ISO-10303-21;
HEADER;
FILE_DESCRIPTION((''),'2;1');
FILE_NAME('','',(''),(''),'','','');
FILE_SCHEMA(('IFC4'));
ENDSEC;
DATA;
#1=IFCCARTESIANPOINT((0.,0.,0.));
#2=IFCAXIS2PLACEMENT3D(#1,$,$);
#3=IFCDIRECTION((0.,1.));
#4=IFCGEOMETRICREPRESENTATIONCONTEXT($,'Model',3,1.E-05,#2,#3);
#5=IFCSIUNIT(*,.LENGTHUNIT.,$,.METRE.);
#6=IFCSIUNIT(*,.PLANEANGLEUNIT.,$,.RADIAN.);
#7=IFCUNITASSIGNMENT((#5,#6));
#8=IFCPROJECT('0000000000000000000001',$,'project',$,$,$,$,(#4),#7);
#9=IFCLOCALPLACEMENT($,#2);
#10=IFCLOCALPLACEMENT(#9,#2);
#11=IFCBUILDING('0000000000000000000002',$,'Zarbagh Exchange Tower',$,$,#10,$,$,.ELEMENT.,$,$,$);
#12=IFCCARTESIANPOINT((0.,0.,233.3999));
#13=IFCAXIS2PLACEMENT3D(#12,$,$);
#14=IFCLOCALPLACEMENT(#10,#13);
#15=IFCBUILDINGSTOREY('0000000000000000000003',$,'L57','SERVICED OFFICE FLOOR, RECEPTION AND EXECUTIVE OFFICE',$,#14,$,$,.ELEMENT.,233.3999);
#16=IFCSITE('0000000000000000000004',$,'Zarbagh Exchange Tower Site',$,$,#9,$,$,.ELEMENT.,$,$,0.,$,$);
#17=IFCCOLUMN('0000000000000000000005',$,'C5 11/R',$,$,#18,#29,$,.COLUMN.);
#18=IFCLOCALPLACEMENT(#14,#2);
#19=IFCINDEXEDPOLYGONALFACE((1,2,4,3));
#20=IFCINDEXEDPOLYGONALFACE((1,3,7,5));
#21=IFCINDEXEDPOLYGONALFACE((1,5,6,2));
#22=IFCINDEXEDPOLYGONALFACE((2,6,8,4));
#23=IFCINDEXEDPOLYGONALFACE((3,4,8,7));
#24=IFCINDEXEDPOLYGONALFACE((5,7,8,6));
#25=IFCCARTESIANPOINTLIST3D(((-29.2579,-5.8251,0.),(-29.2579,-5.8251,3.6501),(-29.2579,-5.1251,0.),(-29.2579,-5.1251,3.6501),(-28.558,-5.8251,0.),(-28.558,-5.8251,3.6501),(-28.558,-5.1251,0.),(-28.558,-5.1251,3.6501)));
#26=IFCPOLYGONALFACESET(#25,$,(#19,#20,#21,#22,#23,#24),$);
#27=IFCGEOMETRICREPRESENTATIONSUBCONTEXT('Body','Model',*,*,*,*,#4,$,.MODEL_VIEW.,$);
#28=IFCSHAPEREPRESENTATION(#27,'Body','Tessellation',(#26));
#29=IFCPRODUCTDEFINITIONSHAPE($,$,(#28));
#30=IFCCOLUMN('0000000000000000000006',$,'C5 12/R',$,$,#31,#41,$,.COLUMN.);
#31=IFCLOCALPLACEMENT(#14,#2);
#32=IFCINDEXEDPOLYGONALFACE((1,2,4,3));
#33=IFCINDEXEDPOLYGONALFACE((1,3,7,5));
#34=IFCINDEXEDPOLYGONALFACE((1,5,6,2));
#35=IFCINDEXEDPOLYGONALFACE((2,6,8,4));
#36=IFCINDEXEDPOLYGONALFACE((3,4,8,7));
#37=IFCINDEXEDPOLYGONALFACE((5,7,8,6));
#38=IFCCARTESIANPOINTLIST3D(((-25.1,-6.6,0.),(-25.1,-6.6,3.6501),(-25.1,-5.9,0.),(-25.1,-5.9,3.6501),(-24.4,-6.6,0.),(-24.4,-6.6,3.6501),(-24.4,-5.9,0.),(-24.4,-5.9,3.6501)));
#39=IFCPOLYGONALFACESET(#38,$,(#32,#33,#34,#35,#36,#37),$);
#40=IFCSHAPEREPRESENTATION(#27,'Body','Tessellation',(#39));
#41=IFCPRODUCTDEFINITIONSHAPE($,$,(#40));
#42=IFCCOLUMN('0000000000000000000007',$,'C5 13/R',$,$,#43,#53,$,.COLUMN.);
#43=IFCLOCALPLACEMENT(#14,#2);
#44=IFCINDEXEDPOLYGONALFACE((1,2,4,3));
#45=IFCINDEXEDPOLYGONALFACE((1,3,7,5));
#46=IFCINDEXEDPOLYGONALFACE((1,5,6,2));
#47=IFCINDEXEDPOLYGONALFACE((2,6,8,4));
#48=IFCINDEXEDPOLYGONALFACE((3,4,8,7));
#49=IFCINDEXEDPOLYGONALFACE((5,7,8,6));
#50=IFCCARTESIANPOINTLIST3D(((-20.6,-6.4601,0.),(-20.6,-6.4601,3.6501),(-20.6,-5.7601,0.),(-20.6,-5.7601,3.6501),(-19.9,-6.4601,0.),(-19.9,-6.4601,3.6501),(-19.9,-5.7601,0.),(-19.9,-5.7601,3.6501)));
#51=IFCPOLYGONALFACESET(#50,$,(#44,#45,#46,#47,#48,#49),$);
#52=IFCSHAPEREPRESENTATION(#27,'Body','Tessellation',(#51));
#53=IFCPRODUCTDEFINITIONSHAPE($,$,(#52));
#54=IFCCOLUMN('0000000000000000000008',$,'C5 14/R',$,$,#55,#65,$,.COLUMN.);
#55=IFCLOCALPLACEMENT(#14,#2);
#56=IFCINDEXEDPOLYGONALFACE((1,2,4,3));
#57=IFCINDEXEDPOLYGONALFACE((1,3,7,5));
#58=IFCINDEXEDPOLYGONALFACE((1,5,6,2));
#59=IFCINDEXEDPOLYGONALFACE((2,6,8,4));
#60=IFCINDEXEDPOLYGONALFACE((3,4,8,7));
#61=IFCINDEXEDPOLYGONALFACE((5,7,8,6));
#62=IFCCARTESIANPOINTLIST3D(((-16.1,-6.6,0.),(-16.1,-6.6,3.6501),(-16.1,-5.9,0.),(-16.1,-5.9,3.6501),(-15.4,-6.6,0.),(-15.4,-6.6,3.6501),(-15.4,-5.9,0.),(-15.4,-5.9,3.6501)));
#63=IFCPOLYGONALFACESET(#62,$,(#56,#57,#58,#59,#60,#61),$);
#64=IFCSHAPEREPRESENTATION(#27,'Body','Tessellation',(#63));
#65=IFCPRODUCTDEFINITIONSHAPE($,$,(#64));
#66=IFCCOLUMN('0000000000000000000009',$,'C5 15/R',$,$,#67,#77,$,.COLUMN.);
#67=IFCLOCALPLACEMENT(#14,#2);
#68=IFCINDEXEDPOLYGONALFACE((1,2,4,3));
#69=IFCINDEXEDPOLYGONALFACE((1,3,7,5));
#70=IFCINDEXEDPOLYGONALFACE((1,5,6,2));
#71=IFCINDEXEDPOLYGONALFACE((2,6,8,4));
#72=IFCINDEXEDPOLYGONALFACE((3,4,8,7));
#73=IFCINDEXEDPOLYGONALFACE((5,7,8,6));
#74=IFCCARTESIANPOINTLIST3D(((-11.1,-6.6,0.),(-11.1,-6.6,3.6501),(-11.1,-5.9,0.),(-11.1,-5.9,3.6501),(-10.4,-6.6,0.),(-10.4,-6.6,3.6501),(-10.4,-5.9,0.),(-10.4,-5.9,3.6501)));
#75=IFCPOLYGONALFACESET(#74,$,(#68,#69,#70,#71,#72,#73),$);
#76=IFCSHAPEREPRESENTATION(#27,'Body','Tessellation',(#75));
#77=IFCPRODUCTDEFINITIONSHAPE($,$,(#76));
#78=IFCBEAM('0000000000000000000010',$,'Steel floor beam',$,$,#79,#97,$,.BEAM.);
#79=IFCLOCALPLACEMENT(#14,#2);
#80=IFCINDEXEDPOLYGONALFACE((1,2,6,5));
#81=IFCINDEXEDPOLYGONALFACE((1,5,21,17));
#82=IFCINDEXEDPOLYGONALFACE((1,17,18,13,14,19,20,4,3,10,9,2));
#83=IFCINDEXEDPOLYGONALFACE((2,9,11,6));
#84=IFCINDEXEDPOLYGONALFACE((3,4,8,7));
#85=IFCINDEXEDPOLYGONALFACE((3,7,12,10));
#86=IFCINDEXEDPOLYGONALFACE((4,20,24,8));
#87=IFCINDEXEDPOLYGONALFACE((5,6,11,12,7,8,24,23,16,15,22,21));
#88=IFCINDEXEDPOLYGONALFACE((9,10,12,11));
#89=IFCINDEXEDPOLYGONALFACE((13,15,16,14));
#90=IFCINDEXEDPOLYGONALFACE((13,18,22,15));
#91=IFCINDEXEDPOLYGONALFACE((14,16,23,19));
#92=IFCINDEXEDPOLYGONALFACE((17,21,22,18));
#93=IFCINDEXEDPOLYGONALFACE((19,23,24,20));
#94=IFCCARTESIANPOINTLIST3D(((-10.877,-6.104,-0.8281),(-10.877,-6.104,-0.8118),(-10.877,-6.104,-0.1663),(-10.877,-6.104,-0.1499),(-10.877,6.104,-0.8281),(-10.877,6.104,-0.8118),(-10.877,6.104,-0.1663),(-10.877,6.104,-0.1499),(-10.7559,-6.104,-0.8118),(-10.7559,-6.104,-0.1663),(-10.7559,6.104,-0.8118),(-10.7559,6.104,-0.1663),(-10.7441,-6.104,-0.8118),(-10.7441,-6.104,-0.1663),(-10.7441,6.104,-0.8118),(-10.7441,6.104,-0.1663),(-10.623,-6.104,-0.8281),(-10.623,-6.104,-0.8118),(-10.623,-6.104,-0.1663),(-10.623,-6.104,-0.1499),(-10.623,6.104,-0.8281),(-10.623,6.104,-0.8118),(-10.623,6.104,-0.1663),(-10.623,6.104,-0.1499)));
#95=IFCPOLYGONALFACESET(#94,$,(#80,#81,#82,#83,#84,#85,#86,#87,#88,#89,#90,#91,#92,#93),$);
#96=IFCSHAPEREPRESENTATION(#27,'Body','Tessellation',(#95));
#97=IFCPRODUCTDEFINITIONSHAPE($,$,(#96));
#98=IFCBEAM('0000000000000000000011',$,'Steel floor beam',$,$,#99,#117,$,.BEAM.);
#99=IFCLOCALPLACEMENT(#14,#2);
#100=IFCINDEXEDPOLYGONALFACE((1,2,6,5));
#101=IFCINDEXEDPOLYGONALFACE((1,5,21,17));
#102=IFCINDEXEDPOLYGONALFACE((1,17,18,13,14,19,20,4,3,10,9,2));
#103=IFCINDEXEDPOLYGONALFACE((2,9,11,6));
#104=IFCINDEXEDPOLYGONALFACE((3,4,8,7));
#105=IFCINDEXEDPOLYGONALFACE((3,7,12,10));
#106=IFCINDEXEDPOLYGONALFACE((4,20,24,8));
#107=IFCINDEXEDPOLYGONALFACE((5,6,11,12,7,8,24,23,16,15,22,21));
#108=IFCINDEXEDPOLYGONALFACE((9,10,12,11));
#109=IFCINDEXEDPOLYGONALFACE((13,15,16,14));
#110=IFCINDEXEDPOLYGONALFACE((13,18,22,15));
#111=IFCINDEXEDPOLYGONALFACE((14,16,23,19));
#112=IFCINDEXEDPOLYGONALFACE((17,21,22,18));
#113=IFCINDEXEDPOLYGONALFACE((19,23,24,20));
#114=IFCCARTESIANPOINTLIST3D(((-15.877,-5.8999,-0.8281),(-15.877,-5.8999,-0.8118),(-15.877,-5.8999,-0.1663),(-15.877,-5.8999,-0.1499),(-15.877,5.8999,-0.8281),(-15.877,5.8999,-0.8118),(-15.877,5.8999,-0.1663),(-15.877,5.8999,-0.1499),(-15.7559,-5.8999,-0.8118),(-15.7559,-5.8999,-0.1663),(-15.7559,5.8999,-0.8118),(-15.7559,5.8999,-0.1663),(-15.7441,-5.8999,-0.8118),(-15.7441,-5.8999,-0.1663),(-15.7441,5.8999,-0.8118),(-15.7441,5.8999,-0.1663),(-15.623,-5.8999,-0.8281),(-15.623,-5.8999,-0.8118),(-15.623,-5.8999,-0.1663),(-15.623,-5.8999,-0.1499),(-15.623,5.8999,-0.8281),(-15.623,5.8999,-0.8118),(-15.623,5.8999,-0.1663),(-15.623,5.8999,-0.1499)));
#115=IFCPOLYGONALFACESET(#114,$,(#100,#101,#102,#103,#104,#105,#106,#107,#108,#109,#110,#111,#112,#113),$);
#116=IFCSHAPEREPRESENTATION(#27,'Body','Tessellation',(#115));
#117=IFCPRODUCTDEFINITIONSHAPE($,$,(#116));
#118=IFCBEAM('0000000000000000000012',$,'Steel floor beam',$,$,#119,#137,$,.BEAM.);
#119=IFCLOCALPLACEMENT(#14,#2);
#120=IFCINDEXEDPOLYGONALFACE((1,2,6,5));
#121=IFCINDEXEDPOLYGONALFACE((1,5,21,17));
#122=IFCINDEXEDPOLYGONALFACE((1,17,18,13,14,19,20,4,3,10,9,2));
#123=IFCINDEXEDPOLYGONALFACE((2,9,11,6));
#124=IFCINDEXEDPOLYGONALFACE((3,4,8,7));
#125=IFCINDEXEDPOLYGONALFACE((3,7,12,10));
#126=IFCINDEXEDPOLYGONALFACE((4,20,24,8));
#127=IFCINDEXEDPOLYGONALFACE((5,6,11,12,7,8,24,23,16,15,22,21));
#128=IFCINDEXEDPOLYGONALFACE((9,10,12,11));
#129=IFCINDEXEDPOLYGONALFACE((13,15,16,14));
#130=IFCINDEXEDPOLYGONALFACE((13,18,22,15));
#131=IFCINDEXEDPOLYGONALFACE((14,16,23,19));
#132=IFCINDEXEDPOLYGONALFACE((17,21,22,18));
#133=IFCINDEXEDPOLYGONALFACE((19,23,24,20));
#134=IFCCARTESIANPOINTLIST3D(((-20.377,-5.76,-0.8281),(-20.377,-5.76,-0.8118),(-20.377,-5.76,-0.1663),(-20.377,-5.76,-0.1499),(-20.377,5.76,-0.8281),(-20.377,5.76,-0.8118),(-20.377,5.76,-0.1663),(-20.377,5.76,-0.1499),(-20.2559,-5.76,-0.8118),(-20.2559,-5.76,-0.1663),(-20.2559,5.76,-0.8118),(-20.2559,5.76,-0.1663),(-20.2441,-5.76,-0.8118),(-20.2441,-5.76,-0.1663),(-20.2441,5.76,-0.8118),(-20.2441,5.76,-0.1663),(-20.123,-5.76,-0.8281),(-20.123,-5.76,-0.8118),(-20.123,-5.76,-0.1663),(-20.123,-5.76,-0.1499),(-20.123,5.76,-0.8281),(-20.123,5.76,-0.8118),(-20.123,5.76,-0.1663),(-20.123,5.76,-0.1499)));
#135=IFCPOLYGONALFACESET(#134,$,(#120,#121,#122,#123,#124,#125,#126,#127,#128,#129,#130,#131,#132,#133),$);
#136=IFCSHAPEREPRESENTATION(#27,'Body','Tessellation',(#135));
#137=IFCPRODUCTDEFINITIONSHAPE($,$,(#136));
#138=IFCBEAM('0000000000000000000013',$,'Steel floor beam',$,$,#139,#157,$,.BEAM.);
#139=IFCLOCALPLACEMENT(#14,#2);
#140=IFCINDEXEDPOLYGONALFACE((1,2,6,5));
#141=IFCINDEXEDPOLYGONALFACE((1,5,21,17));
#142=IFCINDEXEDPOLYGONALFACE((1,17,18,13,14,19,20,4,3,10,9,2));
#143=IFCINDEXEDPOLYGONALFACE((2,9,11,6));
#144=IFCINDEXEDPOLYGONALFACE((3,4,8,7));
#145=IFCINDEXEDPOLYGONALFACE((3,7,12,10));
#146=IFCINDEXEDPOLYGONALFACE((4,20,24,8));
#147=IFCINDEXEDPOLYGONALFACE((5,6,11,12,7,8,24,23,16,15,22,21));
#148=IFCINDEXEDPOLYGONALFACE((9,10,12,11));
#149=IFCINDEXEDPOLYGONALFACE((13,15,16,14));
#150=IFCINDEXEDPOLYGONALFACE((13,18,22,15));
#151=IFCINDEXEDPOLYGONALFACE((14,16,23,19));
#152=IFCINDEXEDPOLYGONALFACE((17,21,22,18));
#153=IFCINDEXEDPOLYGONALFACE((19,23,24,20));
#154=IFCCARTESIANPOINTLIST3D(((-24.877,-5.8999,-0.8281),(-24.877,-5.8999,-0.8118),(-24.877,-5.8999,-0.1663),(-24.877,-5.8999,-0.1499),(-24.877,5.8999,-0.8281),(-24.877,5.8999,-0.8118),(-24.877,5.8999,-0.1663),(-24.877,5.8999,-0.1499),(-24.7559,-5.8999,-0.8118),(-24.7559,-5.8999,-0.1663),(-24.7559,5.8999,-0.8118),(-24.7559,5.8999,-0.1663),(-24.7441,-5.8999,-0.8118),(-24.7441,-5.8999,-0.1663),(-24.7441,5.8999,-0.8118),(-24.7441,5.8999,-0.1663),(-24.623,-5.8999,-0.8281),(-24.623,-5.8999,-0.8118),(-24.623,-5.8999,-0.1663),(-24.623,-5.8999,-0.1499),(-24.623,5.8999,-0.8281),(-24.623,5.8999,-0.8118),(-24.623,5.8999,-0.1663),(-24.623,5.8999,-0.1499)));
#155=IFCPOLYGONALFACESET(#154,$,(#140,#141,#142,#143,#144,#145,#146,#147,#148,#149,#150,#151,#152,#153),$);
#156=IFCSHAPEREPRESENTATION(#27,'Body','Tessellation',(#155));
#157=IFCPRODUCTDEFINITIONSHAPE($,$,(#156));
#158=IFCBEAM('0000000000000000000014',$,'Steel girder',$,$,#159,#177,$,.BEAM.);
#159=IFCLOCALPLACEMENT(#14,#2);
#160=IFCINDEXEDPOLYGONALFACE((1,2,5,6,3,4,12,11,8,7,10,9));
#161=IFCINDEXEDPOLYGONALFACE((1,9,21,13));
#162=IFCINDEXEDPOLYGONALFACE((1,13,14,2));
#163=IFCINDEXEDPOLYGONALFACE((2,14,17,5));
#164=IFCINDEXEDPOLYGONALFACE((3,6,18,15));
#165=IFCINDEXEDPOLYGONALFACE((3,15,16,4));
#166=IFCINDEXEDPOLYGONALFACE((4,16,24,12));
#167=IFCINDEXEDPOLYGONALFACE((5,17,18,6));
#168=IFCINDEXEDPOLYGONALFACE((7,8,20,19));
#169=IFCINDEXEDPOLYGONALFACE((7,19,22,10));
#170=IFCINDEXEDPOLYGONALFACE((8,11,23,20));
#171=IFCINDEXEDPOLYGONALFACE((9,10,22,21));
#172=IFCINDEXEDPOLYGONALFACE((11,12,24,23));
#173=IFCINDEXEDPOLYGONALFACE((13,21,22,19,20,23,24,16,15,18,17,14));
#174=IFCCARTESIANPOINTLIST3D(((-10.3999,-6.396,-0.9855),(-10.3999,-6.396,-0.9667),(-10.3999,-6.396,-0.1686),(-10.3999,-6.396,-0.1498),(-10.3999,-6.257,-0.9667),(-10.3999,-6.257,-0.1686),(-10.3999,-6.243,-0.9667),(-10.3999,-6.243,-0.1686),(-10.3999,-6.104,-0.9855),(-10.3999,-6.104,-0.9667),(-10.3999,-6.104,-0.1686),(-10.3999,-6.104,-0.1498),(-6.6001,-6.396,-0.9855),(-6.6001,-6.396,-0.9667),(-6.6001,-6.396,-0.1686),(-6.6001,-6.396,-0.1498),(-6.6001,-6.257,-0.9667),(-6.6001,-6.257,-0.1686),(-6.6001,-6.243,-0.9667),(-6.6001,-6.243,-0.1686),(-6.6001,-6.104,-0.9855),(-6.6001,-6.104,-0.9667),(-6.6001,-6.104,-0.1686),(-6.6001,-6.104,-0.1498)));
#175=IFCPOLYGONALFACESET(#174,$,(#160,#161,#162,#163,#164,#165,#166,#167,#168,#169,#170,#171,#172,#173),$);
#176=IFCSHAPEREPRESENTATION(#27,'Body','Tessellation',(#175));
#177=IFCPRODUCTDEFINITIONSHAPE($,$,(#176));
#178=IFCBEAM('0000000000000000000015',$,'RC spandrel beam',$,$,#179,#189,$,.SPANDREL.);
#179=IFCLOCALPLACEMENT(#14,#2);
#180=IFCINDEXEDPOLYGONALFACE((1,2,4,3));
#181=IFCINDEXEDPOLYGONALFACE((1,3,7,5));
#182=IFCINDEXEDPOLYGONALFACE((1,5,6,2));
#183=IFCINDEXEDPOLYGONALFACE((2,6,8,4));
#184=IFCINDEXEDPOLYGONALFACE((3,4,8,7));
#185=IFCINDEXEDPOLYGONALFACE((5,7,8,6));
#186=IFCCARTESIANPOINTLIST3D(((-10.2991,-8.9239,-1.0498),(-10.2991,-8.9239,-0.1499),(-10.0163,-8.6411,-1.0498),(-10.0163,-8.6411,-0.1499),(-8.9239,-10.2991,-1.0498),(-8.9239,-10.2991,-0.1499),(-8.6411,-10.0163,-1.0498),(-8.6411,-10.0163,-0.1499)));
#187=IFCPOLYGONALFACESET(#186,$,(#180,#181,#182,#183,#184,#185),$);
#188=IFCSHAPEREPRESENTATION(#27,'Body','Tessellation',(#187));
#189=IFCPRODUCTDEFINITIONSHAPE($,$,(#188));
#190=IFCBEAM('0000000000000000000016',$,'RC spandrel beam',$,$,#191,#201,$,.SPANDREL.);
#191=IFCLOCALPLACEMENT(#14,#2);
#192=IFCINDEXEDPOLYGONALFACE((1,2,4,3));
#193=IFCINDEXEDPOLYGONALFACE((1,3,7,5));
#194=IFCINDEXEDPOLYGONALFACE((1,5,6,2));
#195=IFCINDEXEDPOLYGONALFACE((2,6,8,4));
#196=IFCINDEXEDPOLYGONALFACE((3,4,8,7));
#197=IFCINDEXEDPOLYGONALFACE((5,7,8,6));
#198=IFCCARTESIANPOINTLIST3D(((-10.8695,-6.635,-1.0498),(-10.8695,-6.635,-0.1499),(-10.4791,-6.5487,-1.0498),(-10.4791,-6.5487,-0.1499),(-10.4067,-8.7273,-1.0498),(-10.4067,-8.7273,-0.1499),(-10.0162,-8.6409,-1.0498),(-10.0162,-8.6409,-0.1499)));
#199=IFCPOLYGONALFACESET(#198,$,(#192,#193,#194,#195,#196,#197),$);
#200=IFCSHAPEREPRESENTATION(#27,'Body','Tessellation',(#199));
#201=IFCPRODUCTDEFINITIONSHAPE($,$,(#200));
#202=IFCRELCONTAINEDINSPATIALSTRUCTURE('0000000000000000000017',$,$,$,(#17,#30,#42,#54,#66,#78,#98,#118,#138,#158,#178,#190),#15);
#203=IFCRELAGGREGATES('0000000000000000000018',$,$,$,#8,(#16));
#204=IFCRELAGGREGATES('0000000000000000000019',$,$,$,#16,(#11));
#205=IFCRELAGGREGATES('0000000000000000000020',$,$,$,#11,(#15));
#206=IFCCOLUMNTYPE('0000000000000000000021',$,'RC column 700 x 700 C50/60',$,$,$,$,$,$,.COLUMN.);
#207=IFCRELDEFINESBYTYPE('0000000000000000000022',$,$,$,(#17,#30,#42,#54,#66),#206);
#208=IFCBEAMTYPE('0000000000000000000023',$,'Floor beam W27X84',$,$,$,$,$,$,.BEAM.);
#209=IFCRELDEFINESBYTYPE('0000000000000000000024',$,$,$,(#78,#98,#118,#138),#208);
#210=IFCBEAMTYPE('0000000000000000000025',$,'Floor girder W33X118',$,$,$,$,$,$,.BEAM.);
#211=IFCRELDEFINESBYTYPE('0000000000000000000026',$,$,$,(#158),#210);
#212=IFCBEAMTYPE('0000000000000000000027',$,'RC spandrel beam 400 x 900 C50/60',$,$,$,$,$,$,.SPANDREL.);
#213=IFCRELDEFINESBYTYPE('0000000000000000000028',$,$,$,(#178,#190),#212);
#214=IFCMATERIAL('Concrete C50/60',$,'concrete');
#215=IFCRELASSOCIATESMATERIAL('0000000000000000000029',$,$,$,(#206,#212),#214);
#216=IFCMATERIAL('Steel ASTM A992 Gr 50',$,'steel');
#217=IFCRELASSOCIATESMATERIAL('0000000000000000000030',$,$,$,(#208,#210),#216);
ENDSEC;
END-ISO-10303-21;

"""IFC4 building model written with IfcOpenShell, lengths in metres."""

from ifc_helpers import new_model, si_unit, direction, frame, origin, origin_2d, place, context, subcontext, project, spatial, rectangle, i_section, extrude, material, material_profile, profile_set, type_object, element, save


model = new_model("IFC4")

# Units and contexts
model_context = context("Model", 3, precision=1e-05, world=origin(), true_north=direction((0.0, 1.0)))
body_context = subcontext(model_context, "Body", "Model", "MODEL_VIEW")
ifc_project = project(units=[si_unit("LENGTHUNIT", "METRE"), si_unit("PLANEANGLEUNIT", "RADIAN")], contexts=[model_context])

# Site, building, storey
site_placement = place(None, origin())
site = spatial("IfcSite", under=ifc_project, at=site_placement, Name="Zarbagh Exchange Tower Site", CompositionType="ELEMENT", RefElevation=0.0)
building_placement = place(site_placement, origin())
building = spatial("IfcBuilding", under=site, at=building_placement, Name="Zarbagh Exchange Tower", CompositionType="ELEMENT")
storey_placement = place(building_placement, frame((0.0, 0.0, 233.3999)))
storey = spatial("IfcBuildingStorey", under=building, at=storey_placement, Name="L57", Description="SERVICED OFFICE FLOOR, RECEPTION AND EXECUTIVE OFFICE", CompositionType="ELEMENT", Elevation=233.3999)

# Columns
ifc_material_1 = material(Name="Concrete C50/60", Category="concrete")
ifc_material_profile_1 = material_profile(ifc_material_1, rectangle(XDim=0.7, YDim=0.7, at=origin_2d()), Name="RC column 700 x 700 C50/60")
ifc_profile_set_1 = profile_set([ifc_material_profile_1], Name="Concrete C50/60")
column_type = type_object("IfcColumnType", Name="RC column 700 x 700 C50/60", PredefinedType="COLUMN", material=ifc_profile_set_1)
for number, where, z_axis, x_axis, name in (
    (1, (-28.908, -5.4751, 0.0), (0.0, 0.0, 1.0), (1.0, 0.0, 0.0), "C5 11/R"),
    (2, (-24.75, -6.25, 0.0), (0.0, 0.0, 1.0), (1.0, 0.0, 0.0), "C5 12/R"),
    (3, (-20.25, -6.1101, 0.0), (0.0, 0.0, 1.0), (1.0, 0.0, 0.0), "C5 13/R"),
    (4, (-15.75, -6.25, 0.0), (0.0, 0.0, 1.0), (1.0, 0.0, 0.0), "C5 14/R"),
    (5, (-10.75, -6.25, 0.0), (0.0, 0.0, 1.0), (1.0, 0.0, 0.0), "C5 15/R"),
):
    element("IfcColumn", number, at=place(storey_placement, frame(where, z_axis=z_axis, x_axis=x_axis)), inside=storey, type_object=column_type, Name=name, PredefinedType="COLUMN", context=body_context, shape_type="SweptSolid", body=[
        extrude(rectangle(XDim=0.7, YDim=0.7, at=origin_2d()), origin(), (0.0, 0.0, 1.0), 3.6501),
    ])

# Beams
ifc_material_2 = material(Name="Steel ASTM A992 Gr 50", Category="steel")
ifc_material_profile_2 = material_profile(ifc_material_2, i_section(OverallWidth=0.2539, OverallDepth=0.6782, WebThickness=0.0117, FlangeThickness=0.0164, at=origin_2d()), Name="W27X84")
ifc_profile_set_2 = profile_set([ifc_material_profile_2], Name="Steel ASTM A992 Gr 50")
beam_type_1 = type_object("IfcBeamType", Name="Floor beam W27X84", PredefinedType="BEAM", material=ifc_profile_set_2)
beam_1_placement = place(storey_placement, frame((-10.75, -6.104, -0.489), z_axis=(0.0, 1.0, 0.0), x_axis=(-1.0, 0.0, 0.0)))
element("IfcBeam", 6, at=beam_1_placement, inside=storey, type_object=beam_type_1, Name="Steel floor beam", PredefinedType="BEAM", context=body_context, shape_type="SweptSolid", body=[
    extrude(i_section(OverallWidth=0.2539, OverallDepth=0.6782, WebThickness=0.0117, FlangeThickness=0.0164, at=origin_2d()), origin(), (0.0, 0.0, 1.0), 12.208),
])
beam_2_placement = place(storey_placement, frame((-15.75, -5.8999, -0.489), z_axis=(0.0, 1.0, 0.0), x_axis=(-1.0, 0.0, 0.0)))
element("IfcBeam", 7, at=beam_2_placement, inside=storey, type_object=beam_type_1, Name="Steel floor beam", PredefinedType="BEAM", context=body_context, shape_type="SweptSolid", body=[
    extrude(i_section(OverallWidth=0.2539, OverallDepth=0.6782, WebThickness=0.0117, FlangeThickness=0.0164, at=origin_2d()), origin(), (0.0, 0.0, 1.0), 11.7998),
])
beam_3_placement = place(storey_placement, frame((-20.25, -5.76, -0.489), z_axis=(0.0, 1.0, 0.0), x_axis=(-1.0, 0.0, 0.0)))
element("IfcBeam", 8, at=beam_3_placement, inside=storey, type_object=beam_type_1, Name="Steel floor beam", PredefinedType="BEAM", context=body_context, shape_type="SweptSolid", body=[
    extrude(i_section(OverallWidth=0.2539, OverallDepth=0.6782, WebThickness=0.0117, FlangeThickness=0.0164, at=origin_2d()), origin(), (0.0, 0.0, 1.0), 11.52),
])
beam_4_placement = place(storey_placement, frame((-24.75, -5.8999, -0.489), z_axis=(0.0, 1.0, 0.0), x_axis=(-1.0, 0.0, 0.0)))
element("IfcBeam", 9, at=beam_4_placement, inside=storey, type_object=beam_type_1, Name="Steel floor beam", PredefinedType="BEAM", context=body_context, shape_type="SweptSolid", body=[
    extrude(i_section(OverallWidth=0.2539, OverallDepth=0.6782, WebThickness=0.0117, FlangeThickness=0.0164, at=origin_2d()), origin(), (0.0, 0.0, 1.0), 11.7998),
])
ifc_material_profile_3 = material_profile(ifc_material_2, i_section(OverallWidth=0.292, OverallDepth=0.8357, WebThickness=0.0139, FlangeThickness=0.0188, at=origin_2d()), Name="W33X118")
ifc_profile_set_3 = profile_set([ifc_material_profile_3], Name="Steel ASTM A992 Gr 50")
beam_type_2 = type_object("IfcBeamType", Name="Floor girder W33X118", PredefinedType="BEAM", material=ifc_profile_set_3)
beam_5_placement = place(storey_placement, frame((-10.3999, -6.25, -0.5676), z_axis=(1.0, 0.0, 0.0), x_axis=(0.0, 1.0, 0.0)))
element("IfcBeam", 10, at=beam_5_placement, inside=storey, type_object=beam_type_2, Name="Steel girder", PredefinedType="BEAM", context=body_context, shape_type="SweptSolid", body=[
    extrude(i_section(OverallWidth=0.292, OverallDepth=0.8357, WebThickness=0.0139, FlangeThickness=0.0188, at=origin_2d()), origin(), (0.0, 0.0, 1.0), 3.7998),
])
ifc_material_profile_4 = material_profile(ifc_material_1, rectangle(XDim=0.3999, YDim=0.8999, at=origin_2d()), Name="RC spandrel beam 400 x 900 C50/60")
ifc_profile_set_4 = profile_set([ifc_material_profile_4], Name="Concrete C50/60")
beam_type_3 = type_object("IfcBeamType", Name="RC spandrel beam 400 x 900 C50/60", PredefinedType="SPANDREL", material=ifc_profile_set_4)
beam_6_placement = place(storey_placement, frame((-8.7825, -10.1577, -0.5999), z_axis=(-0.707107, 0.707107, 0.0), x_axis=(-0.707107, -0.707107, 0.0)))
element("IfcBeam", 11, at=beam_6_placement, inside=storey, type_object=beam_type_3, Name="RC spandrel beam", PredefinedType="SPANDREL", context=body_context, shape_type="SweptSolid", body=[
    extrude(rectangle(XDim=0.3999, YDim=0.8999, at=origin_2d()), origin(), (0.0, 0.0, 1.0), 1.9448),
])
beam_7_placement = place(storey_placement, frame((-10.2114, -8.6841, -0.5999), z_axis=(-0.216014, 0.97639, 0.0), x_axis=(-0.97639, -0.216014, 0.0)))
element("IfcBeam", 12, at=beam_7_placement, inside=storey, type_object=beam_type_3, Name="RC spandrel beam", PredefinedType="SPANDREL", context=body_context, shape_type="SweptSolid", body=[
    extrude(rectangle(XDim=0.3999, YDim=0.8999, at=origin_2d()), origin(), (0.0, 0.0, 1.0), 2.1428),
])

save(model, "model.ifc")
